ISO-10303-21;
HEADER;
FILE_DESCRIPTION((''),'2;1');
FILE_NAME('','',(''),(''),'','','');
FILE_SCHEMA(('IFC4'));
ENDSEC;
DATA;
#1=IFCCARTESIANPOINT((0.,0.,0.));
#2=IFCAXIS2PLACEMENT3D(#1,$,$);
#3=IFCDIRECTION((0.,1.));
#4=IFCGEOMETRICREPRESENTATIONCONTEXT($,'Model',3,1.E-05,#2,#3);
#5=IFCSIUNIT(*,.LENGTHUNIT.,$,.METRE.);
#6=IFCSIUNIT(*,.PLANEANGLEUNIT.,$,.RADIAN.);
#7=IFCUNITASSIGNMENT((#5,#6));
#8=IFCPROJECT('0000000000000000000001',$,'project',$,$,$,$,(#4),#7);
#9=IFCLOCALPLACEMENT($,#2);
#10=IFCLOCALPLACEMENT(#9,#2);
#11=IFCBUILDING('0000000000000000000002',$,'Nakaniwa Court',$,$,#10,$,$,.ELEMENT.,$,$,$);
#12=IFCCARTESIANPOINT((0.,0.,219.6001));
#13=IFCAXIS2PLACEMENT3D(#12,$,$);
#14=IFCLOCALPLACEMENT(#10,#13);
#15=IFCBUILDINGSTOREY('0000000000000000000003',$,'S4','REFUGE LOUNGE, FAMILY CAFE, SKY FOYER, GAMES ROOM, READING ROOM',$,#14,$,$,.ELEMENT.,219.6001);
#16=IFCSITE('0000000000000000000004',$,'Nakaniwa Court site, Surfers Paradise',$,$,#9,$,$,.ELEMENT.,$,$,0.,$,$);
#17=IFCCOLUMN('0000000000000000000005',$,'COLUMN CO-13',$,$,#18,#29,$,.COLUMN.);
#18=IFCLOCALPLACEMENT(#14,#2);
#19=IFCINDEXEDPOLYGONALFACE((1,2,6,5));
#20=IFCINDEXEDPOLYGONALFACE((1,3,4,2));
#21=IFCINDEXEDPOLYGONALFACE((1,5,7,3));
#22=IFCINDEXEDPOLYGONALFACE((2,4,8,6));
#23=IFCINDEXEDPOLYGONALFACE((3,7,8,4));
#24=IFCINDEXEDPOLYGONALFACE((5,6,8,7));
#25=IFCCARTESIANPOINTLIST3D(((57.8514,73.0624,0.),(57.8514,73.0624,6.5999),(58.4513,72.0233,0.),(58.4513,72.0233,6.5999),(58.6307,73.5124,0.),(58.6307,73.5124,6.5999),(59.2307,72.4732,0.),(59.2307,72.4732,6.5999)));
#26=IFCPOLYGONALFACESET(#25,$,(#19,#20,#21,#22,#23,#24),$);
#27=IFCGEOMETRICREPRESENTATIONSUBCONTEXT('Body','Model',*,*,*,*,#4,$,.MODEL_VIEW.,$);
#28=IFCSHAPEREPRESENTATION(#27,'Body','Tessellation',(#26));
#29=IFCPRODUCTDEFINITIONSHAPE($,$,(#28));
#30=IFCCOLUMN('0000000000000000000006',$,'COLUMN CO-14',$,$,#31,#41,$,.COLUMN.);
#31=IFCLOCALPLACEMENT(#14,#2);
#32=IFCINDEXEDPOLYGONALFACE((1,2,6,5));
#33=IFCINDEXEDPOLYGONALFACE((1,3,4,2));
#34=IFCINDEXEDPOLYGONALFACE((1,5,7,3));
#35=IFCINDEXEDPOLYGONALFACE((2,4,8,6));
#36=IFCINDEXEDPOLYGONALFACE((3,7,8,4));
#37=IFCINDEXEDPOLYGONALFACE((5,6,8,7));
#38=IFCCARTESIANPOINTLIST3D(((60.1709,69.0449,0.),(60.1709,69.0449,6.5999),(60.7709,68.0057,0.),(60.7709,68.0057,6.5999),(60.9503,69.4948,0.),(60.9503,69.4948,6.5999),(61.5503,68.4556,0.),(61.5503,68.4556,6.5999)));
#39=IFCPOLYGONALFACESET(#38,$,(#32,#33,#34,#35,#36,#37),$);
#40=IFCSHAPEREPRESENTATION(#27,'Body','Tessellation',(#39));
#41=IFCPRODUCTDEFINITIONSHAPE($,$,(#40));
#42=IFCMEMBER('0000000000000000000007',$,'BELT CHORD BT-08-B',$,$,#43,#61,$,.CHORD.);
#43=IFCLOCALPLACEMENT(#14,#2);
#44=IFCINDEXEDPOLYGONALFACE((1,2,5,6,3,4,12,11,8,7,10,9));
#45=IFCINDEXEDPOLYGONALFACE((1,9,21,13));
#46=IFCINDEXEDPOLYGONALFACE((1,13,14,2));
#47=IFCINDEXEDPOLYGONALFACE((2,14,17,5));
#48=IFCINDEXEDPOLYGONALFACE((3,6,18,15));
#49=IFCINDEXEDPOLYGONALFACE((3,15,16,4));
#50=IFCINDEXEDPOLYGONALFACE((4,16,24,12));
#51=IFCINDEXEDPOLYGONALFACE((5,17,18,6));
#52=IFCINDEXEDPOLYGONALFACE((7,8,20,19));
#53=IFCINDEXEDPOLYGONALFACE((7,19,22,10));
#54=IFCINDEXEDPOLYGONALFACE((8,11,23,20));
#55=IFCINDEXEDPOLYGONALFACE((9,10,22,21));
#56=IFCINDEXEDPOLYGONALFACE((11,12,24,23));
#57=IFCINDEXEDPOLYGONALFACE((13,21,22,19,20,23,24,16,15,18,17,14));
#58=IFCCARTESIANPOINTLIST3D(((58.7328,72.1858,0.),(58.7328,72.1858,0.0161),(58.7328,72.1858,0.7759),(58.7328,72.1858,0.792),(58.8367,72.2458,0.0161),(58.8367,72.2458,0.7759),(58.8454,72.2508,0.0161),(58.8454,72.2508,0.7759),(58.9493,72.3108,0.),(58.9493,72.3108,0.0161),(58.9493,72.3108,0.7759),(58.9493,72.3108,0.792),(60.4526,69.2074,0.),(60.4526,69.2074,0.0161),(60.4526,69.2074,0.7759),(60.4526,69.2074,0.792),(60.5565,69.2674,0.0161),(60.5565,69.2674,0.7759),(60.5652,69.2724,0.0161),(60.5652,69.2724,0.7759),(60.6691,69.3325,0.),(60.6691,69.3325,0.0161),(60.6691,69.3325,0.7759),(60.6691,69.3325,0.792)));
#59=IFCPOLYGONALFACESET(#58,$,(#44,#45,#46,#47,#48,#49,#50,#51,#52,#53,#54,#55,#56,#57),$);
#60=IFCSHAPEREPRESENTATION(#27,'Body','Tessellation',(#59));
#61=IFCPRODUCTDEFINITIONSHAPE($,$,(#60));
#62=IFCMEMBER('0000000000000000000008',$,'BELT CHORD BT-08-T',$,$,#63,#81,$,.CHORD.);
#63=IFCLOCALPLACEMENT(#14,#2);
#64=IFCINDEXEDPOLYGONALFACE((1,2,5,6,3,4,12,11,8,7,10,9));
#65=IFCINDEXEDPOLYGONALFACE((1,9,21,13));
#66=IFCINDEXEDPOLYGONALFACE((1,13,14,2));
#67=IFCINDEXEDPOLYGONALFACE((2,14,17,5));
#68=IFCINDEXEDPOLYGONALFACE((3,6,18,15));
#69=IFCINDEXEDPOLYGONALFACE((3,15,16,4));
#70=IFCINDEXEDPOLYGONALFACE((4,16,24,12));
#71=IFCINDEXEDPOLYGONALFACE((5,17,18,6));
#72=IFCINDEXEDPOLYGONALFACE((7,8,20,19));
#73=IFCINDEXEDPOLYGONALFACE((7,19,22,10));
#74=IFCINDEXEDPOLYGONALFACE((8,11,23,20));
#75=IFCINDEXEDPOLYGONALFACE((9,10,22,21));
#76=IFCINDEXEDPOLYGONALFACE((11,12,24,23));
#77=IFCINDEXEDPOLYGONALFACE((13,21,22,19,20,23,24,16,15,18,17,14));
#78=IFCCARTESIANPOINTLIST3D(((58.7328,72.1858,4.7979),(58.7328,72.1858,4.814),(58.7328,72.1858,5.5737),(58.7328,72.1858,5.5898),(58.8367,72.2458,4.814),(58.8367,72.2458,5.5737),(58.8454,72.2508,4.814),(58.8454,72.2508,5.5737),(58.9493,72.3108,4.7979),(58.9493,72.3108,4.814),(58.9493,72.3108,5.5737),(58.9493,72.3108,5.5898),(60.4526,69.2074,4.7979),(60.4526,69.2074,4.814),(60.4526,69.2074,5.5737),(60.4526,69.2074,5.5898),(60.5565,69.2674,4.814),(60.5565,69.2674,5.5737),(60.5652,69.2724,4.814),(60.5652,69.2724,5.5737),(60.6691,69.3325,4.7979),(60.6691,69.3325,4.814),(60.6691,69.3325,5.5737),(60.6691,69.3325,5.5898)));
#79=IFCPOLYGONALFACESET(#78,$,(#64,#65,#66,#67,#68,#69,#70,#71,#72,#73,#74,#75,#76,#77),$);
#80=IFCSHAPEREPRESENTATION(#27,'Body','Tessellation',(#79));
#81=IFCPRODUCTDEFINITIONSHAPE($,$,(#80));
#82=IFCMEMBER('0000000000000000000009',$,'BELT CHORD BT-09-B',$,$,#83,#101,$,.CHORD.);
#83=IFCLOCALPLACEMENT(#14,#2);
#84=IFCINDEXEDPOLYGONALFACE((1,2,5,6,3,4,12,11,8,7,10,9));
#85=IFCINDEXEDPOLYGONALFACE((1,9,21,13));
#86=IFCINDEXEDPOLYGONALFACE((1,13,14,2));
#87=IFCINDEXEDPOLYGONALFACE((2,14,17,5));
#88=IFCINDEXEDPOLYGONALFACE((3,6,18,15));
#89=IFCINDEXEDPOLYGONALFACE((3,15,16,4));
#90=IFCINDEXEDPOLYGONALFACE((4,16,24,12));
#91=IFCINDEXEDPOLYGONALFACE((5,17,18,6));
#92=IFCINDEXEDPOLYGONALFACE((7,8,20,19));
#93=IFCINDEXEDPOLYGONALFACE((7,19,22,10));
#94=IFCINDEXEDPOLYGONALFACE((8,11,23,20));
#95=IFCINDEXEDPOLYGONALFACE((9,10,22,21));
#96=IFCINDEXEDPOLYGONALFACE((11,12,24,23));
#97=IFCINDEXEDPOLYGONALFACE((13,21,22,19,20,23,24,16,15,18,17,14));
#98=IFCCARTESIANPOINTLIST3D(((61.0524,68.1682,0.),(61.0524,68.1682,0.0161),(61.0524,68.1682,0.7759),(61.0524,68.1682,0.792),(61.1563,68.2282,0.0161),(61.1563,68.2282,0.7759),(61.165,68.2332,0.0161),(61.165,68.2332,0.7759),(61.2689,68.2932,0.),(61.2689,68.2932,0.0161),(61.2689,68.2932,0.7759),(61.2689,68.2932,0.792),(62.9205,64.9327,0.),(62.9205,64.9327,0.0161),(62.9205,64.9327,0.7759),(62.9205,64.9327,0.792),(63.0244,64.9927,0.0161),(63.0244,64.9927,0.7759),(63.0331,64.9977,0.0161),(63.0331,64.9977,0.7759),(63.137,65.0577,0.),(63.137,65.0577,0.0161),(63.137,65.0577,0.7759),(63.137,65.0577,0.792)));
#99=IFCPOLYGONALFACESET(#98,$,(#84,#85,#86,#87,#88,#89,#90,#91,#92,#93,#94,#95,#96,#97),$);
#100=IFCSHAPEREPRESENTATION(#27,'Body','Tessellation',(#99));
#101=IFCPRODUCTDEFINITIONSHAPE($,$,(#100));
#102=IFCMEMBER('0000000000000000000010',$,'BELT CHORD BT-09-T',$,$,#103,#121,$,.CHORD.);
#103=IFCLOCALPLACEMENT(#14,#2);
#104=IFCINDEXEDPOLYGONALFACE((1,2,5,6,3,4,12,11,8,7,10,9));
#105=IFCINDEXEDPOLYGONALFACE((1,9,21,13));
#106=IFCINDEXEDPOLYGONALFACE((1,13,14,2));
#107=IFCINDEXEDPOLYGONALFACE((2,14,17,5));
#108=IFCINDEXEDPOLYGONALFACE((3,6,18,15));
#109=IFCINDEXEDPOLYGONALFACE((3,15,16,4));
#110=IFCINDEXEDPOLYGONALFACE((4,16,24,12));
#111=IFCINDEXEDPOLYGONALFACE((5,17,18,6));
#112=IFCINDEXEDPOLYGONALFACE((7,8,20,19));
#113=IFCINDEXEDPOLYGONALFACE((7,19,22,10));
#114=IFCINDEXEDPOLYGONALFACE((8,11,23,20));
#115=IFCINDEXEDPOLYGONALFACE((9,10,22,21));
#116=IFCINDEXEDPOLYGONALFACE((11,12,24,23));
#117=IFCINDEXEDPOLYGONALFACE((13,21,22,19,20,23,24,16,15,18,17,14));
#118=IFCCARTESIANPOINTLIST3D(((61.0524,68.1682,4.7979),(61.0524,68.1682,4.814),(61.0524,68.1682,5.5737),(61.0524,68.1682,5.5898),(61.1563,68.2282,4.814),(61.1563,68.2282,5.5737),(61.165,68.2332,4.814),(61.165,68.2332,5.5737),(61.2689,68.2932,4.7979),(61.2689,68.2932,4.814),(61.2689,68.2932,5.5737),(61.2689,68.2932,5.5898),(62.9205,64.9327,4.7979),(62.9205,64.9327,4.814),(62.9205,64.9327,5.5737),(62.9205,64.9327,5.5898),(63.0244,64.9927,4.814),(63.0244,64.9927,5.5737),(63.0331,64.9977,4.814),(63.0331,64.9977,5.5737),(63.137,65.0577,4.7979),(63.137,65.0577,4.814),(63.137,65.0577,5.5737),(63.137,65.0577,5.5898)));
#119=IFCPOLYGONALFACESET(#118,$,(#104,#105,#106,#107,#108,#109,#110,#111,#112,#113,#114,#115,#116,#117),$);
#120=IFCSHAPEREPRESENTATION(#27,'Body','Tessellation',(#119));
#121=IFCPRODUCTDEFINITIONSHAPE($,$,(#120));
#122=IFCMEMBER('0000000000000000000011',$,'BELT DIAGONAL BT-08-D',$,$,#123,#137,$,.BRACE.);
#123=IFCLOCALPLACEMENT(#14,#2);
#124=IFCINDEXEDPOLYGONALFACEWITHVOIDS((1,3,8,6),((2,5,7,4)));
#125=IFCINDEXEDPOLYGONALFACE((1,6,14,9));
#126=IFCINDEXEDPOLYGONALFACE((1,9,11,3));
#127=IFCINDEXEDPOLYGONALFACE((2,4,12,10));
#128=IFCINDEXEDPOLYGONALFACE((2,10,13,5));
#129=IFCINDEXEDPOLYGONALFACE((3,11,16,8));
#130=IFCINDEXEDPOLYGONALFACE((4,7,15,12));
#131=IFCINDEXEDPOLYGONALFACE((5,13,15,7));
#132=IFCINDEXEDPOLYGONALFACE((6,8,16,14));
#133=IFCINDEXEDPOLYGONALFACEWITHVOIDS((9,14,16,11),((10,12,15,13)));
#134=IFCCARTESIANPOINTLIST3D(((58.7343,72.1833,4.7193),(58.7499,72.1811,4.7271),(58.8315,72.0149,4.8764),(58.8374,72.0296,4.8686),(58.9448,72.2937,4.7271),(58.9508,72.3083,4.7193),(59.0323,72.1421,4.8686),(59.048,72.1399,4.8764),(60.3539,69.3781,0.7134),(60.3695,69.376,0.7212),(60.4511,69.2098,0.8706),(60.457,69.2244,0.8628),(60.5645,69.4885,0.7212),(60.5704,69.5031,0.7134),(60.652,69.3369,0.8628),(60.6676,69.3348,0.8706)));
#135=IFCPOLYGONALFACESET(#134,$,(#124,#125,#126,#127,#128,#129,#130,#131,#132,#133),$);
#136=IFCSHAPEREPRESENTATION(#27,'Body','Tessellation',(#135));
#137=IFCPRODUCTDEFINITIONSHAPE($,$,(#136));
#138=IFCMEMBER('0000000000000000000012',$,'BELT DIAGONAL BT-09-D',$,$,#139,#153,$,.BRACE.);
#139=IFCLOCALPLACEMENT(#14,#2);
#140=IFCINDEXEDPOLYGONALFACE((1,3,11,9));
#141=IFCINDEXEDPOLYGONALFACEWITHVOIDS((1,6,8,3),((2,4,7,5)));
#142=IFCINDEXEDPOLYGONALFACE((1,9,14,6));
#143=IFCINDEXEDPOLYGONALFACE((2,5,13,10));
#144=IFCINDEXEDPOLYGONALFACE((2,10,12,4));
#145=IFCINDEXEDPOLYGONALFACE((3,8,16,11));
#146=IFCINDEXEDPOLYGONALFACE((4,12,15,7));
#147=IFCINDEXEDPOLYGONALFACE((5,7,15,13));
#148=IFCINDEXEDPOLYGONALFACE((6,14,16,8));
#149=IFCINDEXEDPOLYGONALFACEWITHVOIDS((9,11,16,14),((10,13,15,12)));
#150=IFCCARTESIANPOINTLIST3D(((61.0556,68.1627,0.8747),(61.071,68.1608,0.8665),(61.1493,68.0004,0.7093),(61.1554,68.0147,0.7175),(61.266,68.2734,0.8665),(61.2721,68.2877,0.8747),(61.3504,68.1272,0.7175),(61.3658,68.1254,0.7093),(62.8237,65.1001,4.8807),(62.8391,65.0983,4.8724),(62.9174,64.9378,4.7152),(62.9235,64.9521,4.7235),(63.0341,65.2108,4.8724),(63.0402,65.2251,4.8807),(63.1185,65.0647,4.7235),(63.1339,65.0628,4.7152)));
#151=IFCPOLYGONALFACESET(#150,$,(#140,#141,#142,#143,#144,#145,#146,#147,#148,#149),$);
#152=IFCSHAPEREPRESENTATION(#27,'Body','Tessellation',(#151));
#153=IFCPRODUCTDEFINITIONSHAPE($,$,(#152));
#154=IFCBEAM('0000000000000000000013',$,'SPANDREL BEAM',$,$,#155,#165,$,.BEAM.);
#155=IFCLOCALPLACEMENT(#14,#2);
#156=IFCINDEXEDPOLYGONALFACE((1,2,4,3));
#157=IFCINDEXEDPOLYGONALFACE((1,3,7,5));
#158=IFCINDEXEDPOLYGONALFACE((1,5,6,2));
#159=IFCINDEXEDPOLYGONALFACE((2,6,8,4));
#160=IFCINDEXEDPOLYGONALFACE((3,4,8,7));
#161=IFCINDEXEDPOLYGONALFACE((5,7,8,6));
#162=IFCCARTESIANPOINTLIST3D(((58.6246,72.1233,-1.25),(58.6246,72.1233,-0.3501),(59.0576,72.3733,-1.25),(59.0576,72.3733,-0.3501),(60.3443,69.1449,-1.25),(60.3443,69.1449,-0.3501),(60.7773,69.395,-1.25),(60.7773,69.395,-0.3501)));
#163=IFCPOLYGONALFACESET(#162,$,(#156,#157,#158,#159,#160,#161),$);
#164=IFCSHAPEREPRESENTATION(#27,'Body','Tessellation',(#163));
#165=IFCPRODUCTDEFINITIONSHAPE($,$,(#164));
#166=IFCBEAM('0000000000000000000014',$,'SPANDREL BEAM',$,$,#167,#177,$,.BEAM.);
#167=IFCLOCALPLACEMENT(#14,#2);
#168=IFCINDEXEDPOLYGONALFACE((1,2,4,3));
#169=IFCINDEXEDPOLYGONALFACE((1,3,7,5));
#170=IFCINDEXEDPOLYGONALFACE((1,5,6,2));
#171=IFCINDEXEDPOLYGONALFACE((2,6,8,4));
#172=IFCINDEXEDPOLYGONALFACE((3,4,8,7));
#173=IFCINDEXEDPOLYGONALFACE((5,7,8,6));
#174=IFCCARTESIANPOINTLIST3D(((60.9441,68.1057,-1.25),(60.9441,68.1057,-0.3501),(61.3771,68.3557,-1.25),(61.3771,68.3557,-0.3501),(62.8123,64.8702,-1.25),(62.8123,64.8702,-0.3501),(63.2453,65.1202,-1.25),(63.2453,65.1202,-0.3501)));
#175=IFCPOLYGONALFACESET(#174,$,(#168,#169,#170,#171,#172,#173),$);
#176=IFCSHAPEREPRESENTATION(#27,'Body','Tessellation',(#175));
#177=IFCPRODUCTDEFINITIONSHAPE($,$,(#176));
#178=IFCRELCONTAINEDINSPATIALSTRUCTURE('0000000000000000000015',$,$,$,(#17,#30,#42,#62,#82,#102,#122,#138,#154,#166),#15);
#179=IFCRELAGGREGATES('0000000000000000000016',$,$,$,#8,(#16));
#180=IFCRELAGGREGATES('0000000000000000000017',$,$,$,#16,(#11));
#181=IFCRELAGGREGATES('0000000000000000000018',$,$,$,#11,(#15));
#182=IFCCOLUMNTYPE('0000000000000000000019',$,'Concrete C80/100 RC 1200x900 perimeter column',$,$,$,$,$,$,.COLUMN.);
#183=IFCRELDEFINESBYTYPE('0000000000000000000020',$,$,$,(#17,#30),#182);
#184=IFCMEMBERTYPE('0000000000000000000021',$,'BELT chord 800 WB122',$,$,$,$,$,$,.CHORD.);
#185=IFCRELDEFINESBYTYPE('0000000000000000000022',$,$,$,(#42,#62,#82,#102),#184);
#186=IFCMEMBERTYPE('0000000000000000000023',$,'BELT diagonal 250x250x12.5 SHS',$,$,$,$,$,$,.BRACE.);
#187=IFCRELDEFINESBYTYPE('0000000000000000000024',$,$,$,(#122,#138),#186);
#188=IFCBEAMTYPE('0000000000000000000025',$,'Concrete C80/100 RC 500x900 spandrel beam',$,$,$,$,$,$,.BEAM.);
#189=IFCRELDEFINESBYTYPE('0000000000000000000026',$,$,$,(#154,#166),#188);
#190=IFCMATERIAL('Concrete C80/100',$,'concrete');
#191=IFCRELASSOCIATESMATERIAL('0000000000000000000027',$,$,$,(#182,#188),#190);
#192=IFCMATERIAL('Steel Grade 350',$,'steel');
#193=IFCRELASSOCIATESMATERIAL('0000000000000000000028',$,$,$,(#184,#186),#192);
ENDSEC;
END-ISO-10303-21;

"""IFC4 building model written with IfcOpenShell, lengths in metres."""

from ifc_helpers import new_model, si_unit, direction, frame, origin, origin_2d, place, context, subcontext, project, spatial, rectangle, hollow_rectangle, i_section, extrude, material, material_profile, profile_set, type_object, element, save


model = new_model("IFC4")

# Units and contexts
model_context = context("Model", 3, precision=1e-05, world=origin(), true_north=direction((0.0, 1.0)))
body_context = subcontext(model_context, "Body", "Model", "MODEL_VIEW")
ifc_project = project(units=[si_unit("LENGTHUNIT", "METRE"), si_unit("PLANEANGLEUNIT", "RADIAN")], contexts=[model_context])

# Site, building, storey
site_placement = place(None, origin())
site = spatial("IfcSite", under=ifc_project, at=site_placement, Name="Nakaniwa Court site, Surfers Paradise", CompositionType="ELEMENT", RefElevation=0.0)
building_placement = place(site_placement, origin())
building = spatial("IfcBuilding", under=site, at=building_placement, Name="Nakaniwa Court", CompositionType="ELEMENT")
storey_placement = place(building_placement, frame((0.0, 0.0, 219.6001)))
storey = spatial("IfcBuildingStorey", under=building, at=storey_placement, Name="S4", Description="REFUGE LOUNGE, FAMILY CAFE, SKY FOYER, GAMES ROOM, READING ROOM", CompositionType="ELEMENT", Elevation=219.6001)

# Columns
ifc_material_1 = material(Name="Concrete C80/100", Category="concrete")
ifc_material_profile_1 = material_profile(ifc_material_1, rectangle(XDim=1.2, YDim=0.8999, at=origin_2d()), Name="Concrete C80/100 RC 1200x900 perimeter column")
ifc_profile_set_1 = profile_set([ifc_material_profile_1], Name="Concrete C80/100")
column_type = type_object("IfcColumnType", Name="Concrete C80/100 RC 1200x900 perimeter column", PredefinedType="COLUMN", material=ifc_profile_set_1)
for number, where, z_axis, x_axis, name in (
    (1, (58.541, 72.7678, 0.0), (0.0, 0.0, 1.0), (0.5, -0.866025, 0.0), "COLUMN CO-13"),
    (2, (60.8606, 68.7502, 0.0), (0.0, 0.0, 1.0), (0.5, -0.866025, 0.0), "COLUMN CO-14"),
):
    element("IfcColumn", number, at=place(storey_placement, frame(where, z_axis=z_axis, x_axis=x_axis)), inside=storey, type_object=column_type, Name=name, PredefinedType="COLUMN", context=body_context, shape_type="SweptSolid", body=[
        extrude(rectangle(XDim=1.2, YDim=0.8999, at=origin_2d()), origin(), (0.0, 0.0, 1.0), 6.5999),
    ])

# Members
ifc_material_2 = material(Name="Steel Grade 350", Category="steel")
ifc_material_profile_2 = material_profile(ifc_material_2, i_section(OverallWidth=0.25, OverallDepth=0.792, WebThickness=0.01, FlangeThickness=0.0161, at=origin_2d()), Name="800WB122")
ifc_profile_set_2 = profile_set([ifc_material_profile_2], Name="Steel Grade 350")
member_type_1 = type_object("IfcMemberType", Name="BELT chord 800 WB122", PredefinedType="CHORD", material=ifc_profile_set_2)
for number, where, z_axis, x_axis, name in (
    (3, (58.8411, 72.2483, 0.396), (0.500048, -0.865998, 0.0), (0.865998, 0.500048, 0.0), "BELT CHORD BT-08-B"),
    (4, (58.8411, 72.2483, 5.1938), (0.500048, -0.865998, 0.0), (0.865998, 0.500048, 0.0), "BELT CHORD BT-08-T"),
):
    element("IfcMember", number, at=place(storey_placement, frame(where, z_axis=z_axis, x_axis=x_axis)), inside=storey, type_object=member_type_1, Name=name, PredefinedType="CHORD", context=body_context, shape_type="SweptSolid", body=[
        extrude(i_section(OverallWidth=0.25, OverallDepth=0.792, WebThickness=0.01, FlangeThickness=0.0161, at=origin_2d()), origin(), (0.0, 0.0, 1.0), 3.4392),
    ])
for number, where, z_axis, x_axis, name in (
    (5, (61.1606, 68.2307, 0.396), (0.500018, -0.866015, 0.0), (0.866015, 0.500018, 0.0), "BELT CHORD BT-09-B"),
    (6, (61.1606, 68.2307, 5.1938), (0.500018, -0.866015, 0.0), (0.866015, 0.500018, 0.0), "BELT CHORD BT-09-T"),
):
    element("IfcMember", number, at=place(storey_placement, frame(where, z_axis=z_axis, x_axis=x_axis)), inside=storey, type_object=member_type_1, Name=name, PredefinedType="CHORD", context=body_context, shape_type="SweptSolid", body=[
        extrude(i_section(OverallWidth=0.25, OverallDepth=0.792, WebThickness=0.01, FlangeThickness=0.0161, at=origin_2d()), origin(), (0.0, 0.0, 1.0), 3.7361),
    ])
ifc_material_profile_3 = material_profile(ifc_material_2, hollow_rectangle(XDim=0.25, YDim=0.25, WallThickness=0.0125, at=origin_2d()), Name="BELT diagonal 250x250x12.5 SHS")
ifc_profile_set_3 = profile_set([ifc_material_profile_3], Name="Steel Grade 350")
member_type_2 = type_object("IfcMemberType", Name="BELT diagonal 250x250x12.5 SHS", PredefinedType="BRACE", material=ifc_profile_set_3)
member_1_placement = place(storey_placement, frame((58.8911, 72.1616, 4.7979), z_axis=(0.314393, -0.544524, -0.777593), x_axis=(0.866017, 0.500014, 0.0)))
element("IfcMember", 7, at=member_1_placement, inside=storey, type_object=member_type_2, Name="BELT DIAGONAL BT-08-D", PredefinedType="BRACE", context=body_context, shape_type="SweptSolid", body=[
    extrude(hollow_rectangle(XDim=0.25, YDim=0.25, WallThickness=0.0125, at=origin_2d()), origin(), (0.0, 0.0, 1.0), 5.1516),
])
member_2_placement = place(storey_placement, frame((61.2107, 68.144, 0.792), z_axis=(0.330888, -0.573137, 0.749684), x_axis=(0.866034, 0.499985, 0.0)))
element("IfcMember", 8, at=member_2_placement, inside=storey, type_object=member_type_2, Name="BELT DIAGONAL BT-09-D", PredefinedType="BRACE", context=body_context, shape_type="SweptSolid", body=[
    extrude(hollow_rectangle(XDim=0.25, YDim=0.25, WallThickness=0.0125, at=origin_2d()), origin(), (0.0, 0.0, 1.0), 5.3435),
])

# Beams
ifc_material_profile_4 = material_profile(ifc_material_1, rectangle(XDim=0.5, YDim=0.8999, at=origin_2d()), Name="Concrete C80/100 RC 500x900 spandrel beam")
ifc_profile_set_4 = profile_set([ifc_material_profile_4], Name="Concrete C80/100")
beam_type = type_object("IfcBeamType", Name="Concrete C80/100 RC 500x900 spandrel beam", PredefinedType="BEAM", material=ifc_profile_set_4)
beam_1_placement = place(storey_placement, frame((58.8411, 72.2483, -0.8), z_axis=(0.500048, -0.865998, 0.0), x_axis=(0.865998, 0.500048, 0.0)))
element("IfcBeam", 9, at=beam_1_placement, inside=storey, type_object=beam_type, Name="SPANDREL BEAM", PredefinedType="BEAM", context=body_context, shape_type="SweptSolid", body=[
    extrude(rectangle(XDim=0.5, YDim=0.8999, at=origin_2d()), origin(), (0.0, 0.0, 1.0), 3.4392),
])
beam_2_placement = place(storey_placement, frame((61.1606, 68.2307, -0.8), z_axis=(0.500018, -0.866015, 0.0), x_axis=(0.866015, 0.500018, 0.0)))
element("IfcBeam", 10, at=beam_2_placement, inside=storey, type_object=beam_type, Name="SPANDREL BEAM", PredefinedType="BEAM", context=body_context, shape_type="SweptSolid", body=[
    extrude(rectangle(XDim=0.5, YDim=0.8999, at=origin_2d()), origin(), (0.0, 0.0, 1.0), 3.7361),
])

save(model, "model.ifc")
